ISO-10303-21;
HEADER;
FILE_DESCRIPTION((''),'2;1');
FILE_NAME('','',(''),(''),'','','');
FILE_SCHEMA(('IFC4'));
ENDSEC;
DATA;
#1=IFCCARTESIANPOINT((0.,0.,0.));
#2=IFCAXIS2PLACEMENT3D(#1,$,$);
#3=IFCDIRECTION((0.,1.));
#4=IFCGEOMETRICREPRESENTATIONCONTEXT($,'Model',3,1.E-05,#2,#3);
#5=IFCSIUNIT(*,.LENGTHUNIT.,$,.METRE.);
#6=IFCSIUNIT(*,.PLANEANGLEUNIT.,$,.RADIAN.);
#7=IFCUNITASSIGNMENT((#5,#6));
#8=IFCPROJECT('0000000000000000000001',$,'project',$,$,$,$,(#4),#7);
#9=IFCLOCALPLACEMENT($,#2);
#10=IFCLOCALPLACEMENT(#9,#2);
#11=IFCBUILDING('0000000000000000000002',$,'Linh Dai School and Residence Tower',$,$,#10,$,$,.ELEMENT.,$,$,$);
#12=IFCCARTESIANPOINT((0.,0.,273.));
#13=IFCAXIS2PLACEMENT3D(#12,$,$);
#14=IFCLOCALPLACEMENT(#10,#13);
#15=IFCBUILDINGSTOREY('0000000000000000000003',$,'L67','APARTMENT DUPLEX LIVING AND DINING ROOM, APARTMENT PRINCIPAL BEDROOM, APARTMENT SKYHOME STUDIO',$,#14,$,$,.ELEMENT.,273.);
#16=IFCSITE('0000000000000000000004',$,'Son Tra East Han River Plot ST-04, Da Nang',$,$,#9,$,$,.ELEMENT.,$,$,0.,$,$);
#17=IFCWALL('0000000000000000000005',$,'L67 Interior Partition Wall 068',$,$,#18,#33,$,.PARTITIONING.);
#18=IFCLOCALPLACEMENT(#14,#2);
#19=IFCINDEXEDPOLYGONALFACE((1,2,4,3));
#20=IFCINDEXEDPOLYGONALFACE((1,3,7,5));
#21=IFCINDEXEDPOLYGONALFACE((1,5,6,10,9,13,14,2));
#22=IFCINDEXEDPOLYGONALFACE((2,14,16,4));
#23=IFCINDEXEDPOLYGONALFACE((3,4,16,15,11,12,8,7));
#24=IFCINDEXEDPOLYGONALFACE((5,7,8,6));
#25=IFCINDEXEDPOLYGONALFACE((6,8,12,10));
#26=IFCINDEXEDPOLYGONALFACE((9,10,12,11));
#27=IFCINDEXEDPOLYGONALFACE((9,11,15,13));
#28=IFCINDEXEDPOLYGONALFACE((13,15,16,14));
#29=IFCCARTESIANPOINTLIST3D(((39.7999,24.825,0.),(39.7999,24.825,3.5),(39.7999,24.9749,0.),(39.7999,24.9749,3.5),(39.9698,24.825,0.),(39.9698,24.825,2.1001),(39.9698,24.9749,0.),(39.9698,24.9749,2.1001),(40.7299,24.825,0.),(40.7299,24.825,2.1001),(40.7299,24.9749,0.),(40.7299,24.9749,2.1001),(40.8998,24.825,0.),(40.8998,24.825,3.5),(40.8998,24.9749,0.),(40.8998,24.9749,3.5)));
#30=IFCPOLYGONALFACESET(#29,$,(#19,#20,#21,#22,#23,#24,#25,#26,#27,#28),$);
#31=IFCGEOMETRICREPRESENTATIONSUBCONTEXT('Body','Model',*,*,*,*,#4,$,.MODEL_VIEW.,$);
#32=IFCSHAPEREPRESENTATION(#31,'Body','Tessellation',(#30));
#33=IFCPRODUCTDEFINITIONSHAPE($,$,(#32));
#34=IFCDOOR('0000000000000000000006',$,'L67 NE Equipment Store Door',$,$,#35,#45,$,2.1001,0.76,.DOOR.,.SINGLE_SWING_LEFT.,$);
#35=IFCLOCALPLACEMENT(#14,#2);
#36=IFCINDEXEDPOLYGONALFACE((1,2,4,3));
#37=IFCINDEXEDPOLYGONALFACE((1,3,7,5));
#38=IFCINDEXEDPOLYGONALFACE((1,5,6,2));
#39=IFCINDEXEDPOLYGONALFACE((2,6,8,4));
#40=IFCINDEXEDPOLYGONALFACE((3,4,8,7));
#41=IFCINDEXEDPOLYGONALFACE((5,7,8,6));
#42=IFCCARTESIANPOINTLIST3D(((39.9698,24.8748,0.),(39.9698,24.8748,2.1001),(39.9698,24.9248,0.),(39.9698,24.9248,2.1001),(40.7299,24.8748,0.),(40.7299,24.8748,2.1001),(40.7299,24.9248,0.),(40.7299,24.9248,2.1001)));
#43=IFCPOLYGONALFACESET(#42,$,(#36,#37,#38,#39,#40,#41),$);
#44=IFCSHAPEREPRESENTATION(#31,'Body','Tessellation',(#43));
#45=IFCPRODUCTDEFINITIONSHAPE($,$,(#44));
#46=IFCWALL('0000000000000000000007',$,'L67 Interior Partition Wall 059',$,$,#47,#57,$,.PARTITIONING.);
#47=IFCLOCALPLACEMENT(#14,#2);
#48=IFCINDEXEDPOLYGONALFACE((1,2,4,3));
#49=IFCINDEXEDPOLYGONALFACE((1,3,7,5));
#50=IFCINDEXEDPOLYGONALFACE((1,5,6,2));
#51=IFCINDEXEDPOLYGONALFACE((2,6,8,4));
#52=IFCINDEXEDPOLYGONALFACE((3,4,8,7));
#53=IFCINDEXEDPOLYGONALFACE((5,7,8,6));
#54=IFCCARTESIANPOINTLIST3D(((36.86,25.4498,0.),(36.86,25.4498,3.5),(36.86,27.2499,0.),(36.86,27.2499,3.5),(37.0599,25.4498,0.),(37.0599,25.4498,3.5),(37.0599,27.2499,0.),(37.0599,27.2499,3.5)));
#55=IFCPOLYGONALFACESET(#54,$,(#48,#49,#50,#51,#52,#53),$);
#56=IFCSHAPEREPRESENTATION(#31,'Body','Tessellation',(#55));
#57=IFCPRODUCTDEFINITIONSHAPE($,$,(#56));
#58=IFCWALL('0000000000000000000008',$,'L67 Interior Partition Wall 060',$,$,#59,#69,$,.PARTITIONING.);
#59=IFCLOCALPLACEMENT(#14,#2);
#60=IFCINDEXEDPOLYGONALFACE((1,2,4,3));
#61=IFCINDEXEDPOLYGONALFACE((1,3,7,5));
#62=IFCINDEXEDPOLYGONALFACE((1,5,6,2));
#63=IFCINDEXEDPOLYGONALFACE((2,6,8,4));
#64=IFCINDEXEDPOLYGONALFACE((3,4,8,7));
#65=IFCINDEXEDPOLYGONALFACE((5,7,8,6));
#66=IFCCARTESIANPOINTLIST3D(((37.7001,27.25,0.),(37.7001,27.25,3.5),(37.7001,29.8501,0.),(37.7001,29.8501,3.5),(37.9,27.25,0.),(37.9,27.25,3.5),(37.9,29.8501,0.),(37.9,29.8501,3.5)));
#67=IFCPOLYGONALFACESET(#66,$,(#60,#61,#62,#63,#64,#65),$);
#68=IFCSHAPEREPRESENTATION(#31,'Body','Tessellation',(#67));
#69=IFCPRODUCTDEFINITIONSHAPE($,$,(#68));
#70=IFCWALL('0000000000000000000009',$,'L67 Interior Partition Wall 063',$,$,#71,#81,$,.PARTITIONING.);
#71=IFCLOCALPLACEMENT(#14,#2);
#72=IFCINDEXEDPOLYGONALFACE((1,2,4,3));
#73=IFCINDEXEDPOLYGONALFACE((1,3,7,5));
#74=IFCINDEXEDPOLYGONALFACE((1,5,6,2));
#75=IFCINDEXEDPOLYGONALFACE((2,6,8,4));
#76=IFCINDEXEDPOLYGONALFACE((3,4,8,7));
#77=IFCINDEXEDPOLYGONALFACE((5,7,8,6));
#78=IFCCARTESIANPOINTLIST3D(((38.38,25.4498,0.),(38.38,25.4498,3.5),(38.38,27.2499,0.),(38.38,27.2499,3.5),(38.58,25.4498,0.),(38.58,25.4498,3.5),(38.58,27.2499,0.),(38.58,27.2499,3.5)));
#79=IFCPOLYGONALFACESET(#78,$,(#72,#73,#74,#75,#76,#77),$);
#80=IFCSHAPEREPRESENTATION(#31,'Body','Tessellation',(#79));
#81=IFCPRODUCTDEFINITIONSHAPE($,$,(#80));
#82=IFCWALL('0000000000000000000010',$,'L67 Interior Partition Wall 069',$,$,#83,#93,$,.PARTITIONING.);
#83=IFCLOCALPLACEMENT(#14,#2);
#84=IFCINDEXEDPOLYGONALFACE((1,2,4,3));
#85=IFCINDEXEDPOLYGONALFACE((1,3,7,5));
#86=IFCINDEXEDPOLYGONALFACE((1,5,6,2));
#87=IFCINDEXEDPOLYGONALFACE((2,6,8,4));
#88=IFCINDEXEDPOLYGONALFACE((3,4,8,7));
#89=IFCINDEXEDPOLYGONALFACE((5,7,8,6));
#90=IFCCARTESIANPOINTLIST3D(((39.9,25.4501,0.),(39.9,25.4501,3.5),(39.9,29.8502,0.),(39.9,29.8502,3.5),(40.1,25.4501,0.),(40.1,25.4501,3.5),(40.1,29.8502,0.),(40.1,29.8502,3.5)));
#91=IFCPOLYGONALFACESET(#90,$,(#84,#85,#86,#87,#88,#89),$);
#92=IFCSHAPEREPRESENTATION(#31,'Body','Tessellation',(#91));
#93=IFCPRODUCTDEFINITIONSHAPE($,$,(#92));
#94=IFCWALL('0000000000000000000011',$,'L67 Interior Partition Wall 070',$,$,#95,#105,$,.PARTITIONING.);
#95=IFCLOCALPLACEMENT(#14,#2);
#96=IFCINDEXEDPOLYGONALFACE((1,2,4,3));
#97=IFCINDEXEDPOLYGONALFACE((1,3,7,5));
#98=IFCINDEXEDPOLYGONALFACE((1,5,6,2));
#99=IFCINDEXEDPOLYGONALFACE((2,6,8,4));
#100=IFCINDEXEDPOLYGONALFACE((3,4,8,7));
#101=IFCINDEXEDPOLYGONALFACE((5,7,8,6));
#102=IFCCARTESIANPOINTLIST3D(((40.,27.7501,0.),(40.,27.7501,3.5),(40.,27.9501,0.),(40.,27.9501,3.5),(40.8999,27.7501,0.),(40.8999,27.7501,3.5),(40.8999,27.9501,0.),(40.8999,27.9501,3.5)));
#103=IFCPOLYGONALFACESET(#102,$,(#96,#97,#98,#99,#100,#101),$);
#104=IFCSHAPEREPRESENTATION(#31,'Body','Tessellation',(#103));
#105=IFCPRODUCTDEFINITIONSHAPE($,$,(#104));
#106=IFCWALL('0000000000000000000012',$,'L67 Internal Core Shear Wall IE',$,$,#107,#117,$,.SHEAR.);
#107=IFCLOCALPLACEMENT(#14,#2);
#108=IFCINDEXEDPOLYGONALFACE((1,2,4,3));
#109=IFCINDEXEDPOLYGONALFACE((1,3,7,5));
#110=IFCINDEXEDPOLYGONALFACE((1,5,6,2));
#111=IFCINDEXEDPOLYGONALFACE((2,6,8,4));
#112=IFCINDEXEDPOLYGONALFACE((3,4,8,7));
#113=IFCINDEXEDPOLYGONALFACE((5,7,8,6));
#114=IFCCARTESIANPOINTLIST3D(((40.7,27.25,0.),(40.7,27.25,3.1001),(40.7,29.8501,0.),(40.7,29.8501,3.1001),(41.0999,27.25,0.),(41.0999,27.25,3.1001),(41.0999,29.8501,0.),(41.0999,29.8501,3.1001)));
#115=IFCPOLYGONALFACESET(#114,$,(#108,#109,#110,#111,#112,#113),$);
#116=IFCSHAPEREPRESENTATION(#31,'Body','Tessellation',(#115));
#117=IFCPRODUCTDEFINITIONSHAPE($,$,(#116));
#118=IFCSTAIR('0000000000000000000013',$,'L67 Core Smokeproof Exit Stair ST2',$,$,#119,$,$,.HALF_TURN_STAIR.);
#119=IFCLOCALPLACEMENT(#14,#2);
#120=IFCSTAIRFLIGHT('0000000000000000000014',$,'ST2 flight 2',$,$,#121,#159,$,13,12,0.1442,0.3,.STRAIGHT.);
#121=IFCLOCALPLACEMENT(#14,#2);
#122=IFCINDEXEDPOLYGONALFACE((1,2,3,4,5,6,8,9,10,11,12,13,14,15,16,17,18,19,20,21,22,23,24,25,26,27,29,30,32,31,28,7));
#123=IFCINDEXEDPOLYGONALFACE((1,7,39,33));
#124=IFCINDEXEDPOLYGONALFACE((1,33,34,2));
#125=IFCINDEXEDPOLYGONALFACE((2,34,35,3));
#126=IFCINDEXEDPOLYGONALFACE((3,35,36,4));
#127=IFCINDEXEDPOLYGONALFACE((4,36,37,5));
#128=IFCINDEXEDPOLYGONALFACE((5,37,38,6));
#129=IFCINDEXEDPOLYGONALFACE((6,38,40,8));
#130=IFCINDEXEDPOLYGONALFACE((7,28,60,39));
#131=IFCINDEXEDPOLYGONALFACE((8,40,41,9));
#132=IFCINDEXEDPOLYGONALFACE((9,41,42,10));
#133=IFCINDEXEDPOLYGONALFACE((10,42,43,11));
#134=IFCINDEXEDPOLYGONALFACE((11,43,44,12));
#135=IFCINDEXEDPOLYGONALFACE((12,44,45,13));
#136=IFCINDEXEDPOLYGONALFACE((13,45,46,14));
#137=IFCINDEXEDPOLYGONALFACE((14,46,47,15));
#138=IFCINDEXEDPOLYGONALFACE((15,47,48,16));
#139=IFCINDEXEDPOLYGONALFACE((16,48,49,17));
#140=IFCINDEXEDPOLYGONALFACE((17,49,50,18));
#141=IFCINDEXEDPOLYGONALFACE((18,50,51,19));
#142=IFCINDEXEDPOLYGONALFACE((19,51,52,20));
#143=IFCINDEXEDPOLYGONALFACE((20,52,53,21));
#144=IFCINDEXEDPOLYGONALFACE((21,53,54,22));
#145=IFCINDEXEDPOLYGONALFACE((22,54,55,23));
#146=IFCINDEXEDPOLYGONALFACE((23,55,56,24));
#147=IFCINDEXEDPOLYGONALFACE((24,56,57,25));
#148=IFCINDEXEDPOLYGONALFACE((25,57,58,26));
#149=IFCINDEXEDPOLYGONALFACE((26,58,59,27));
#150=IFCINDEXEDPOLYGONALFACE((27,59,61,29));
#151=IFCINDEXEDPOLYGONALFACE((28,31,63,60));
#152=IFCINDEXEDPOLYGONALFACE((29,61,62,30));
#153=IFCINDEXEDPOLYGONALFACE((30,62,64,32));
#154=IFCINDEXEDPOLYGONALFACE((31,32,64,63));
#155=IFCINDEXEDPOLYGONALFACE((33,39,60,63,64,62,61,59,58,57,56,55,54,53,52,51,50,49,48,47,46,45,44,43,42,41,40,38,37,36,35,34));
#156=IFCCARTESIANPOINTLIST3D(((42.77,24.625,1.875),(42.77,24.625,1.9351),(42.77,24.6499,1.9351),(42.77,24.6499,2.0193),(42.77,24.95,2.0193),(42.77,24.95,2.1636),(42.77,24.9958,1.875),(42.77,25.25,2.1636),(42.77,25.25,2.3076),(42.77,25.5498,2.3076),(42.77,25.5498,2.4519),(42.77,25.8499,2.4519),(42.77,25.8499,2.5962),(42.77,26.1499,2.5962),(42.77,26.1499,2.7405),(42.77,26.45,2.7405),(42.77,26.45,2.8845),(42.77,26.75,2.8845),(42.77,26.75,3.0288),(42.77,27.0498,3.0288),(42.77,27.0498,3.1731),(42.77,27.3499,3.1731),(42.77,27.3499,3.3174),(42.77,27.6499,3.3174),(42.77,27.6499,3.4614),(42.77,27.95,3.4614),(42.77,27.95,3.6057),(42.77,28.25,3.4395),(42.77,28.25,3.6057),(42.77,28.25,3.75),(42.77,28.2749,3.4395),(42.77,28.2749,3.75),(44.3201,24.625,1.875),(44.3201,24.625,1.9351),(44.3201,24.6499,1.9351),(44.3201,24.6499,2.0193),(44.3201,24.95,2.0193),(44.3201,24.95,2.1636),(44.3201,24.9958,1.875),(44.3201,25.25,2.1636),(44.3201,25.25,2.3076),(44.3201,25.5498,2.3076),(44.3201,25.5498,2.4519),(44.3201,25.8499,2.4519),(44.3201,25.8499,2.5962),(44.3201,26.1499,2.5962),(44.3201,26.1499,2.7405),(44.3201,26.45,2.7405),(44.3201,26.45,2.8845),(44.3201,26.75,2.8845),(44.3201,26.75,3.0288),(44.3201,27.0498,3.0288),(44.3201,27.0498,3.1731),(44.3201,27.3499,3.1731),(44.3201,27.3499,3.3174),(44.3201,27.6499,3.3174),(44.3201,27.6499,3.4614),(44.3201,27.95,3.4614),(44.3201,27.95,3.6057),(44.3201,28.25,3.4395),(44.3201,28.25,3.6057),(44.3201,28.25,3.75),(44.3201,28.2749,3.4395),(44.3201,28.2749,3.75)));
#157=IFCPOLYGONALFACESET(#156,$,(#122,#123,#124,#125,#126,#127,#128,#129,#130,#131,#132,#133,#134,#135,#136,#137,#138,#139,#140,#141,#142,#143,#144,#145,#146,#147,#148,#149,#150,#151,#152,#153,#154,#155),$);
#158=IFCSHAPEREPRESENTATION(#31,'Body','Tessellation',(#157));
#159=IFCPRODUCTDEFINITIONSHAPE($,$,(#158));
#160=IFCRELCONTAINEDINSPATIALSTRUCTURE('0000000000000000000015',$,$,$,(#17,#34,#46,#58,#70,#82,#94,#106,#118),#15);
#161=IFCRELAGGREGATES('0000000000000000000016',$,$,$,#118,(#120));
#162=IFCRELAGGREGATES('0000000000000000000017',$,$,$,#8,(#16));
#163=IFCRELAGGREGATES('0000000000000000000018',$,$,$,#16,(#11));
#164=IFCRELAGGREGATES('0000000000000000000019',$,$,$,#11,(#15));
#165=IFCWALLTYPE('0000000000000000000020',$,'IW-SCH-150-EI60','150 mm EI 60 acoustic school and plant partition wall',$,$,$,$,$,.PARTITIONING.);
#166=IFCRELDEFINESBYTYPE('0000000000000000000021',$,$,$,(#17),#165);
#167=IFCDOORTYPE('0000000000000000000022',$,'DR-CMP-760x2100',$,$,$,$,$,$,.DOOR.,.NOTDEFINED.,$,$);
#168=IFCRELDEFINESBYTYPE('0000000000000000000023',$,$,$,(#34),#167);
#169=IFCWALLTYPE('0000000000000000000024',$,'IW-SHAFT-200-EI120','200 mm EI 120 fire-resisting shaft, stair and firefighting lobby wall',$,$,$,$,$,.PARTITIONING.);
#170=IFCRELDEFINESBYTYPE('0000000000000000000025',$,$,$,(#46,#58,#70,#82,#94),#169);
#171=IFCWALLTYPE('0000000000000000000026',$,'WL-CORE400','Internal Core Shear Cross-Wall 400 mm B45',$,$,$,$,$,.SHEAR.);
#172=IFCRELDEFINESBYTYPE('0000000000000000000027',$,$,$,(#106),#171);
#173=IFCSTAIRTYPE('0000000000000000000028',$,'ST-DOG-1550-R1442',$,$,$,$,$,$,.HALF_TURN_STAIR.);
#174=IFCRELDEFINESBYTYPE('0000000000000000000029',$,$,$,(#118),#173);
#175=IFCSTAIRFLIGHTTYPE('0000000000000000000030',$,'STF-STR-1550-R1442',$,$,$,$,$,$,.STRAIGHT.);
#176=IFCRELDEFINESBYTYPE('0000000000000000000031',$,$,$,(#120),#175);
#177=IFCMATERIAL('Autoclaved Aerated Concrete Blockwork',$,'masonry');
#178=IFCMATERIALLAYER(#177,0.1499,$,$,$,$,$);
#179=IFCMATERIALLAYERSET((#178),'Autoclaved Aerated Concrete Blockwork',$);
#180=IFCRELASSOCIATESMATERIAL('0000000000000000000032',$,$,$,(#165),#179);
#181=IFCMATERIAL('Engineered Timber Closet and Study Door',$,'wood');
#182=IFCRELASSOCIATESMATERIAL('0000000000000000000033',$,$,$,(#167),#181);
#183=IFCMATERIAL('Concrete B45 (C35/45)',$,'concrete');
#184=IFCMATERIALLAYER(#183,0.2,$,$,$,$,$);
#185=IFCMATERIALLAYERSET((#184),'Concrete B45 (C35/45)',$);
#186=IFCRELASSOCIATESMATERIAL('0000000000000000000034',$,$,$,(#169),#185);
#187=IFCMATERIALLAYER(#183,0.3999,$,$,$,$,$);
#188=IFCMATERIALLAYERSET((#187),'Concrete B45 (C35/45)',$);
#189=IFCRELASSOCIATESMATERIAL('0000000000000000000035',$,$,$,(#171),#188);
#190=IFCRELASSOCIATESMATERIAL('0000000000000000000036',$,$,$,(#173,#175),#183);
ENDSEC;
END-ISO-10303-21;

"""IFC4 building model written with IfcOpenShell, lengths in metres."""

from ifc_helpers import new_model, si_unit, direction, frame, frame_2d, origin, origin_2d, place, context, subcontext, project, spatial, polyline, rectangle, outline, extrude, source, transform, mapped, material, layer, layer_set, type_object, element, fill, aggregate, save


model = new_model("IFC4")

# Units and contexts
model_context = context("Model", 3, precision=1e-05, world=origin(), true_north=direction((0.0, 1.0)))
body_context = subcontext(model_context, "Body", "Model", "MODEL_VIEW")
ifc_project = project(units=[si_unit("LENGTHUNIT", "METRE"), si_unit("PLANEANGLEUNIT", "RADIAN")], contexts=[model_context])

# Site, building, storey
site_placement = place(None, origin())
site = spatial("IfcSite", under=ifc_project, at=site_placement, Name="Son Tra East Han River Plot ST-04, Da Nang", CompositionType="ELEMENT", RefElevation=0.0)
building_placement = place(site_placement, origin())
building = spatial("IfcBuilding", under=site, at=building_placement, Name="Linh Dai School and Residence Tower", CompositionType="ELEMENT")
storey_placement = place(building_placement, frame((0.0, 0.0, 273.0)))
storey = spatial("IfcBuildingStorey", under=building, at=storey_placement, Name="L67", Description="APARTMENT DUPLEX LIVING AND DINING ROOM, APARTMENT PRINCIPAL BEDROOM, APARTMENT SKYHOME STUDIO", CompositionType="ELEMENT", Elevation=273.0)

# Shared definitions
ifc_material_1 = material(Name="Autoclaved Aerated Concrete Blockwork", Category="masonry")

# Wall, opening, door
ifc_layer_1 = layer(ifc_material_1, 0.1499)
ifc_layer_set_1 = layer_set([ifc_layer_1], Name="Autoclaved Aerated Concrete Blockwork")
wall_type_1 = type_object("IfcWallType", Name="IW-SCH-150-EI60", Description="150 mm EI 60 acoustic school and plant partition wall", PredefinedType="PARTITIONING", material=ifc_layer_set_1)
wall_1_placement = place(storey_placement, frame((39.8, 24.8999, 0.0), z_axis=(0.0, 0.0, 1.0), x_axis=(1.0, 0.0, 0.0)))
wall_1 = element("IfcWall", 1, at=wall_1_placement, inside=storey, type_object=wall_type_1, Name="L67 Interior Partition Wall 068", PredefinedType="PARTITIONING", context=body_context, shape_type="SweptSolid", body=[
    extrude(rectangle(XDim=1.0999, YDim=0.1499, at=frame_2d((0.5498, 0.0))), origin(), (0.0, 0.0, 1.0), 3.5),
])
opening_1_placement = place(wall_1_placement, frame((0.1699, 0.0, 0.0)))
opening_1 = element("IfcOpeningElement", 2, at=opening_1_placement, cuts=wall_1, PredefinedType="OPENING", context=body_context, shape_type="SweptSolid", body=[
    extrude(rectangle(XDim=0.76, YDim=2.1001, at=origin_2d()), frame((0.3799, 0.085, 1.05), z_axis=(0.0, -1.0, 0.0), x_axis=(1.0, 0.0, 0.0)), (0.0, 0.0, 1.0), 0.1699),
])
ifc_material_2 = material(Name="Engineered Timber Closet and Study Door", Category="wood")
door_type_1 = type_object("IfcDoorType", Name="DR-CMP-760x2100", OperationType="NOTDEFINED", PredefinedType="DOOR", material=ifc_material_2)
shared_shape_1 = source(origin(), body_context, "Body", "SweptSolid", [
    extrude(rectangle(XDim=0.76, YDim=2.1001, at=origin_2d()), frame((0.3799, 0.0249, 1.05), z_axis=(0.0, -1.0, 0.0), x_axis=(1.0, 0.0, 0.0)), (0.0, 0.0, 1.0), 0.05),
])
door_1_placement = place(opening_1_placement, origin())
door_1 = element("IfcDoor", 3, at=door_1_placement, inside=storey, type_object=door_type_1, Name="L67 NE Equipment Store Door", OperationType="SINGLE_SWING_LEFT", OverallHeight=2.1001, OverallWidth=0.76, PredefinedType="DOOR", context=body_context, shape_type="MappedRepresentation", body=[
    mapped(shared_shape_1, transform((0.0, 0.0, 0.0), x_axis=(1.0, 0.0, 0.0), y_axis=(0.0, 1.0, 0.0), z_axis=(0.0, 0.0, 1.0), scale=1.0)),
])
fill(opening_1, door_1)

# Walls
ifc_material_3 = material(Name="Concrete B45 (C35/45)", Category="concrete")
ifc_layer_2 = layer(ifc_material_3, 0.2)
ifc_layer_set_2 = layer_set([ifc_layer_2], Name="Concrete B45 (C35/45)")
wall_type_2 = type_object("IfcWallType", Name="IW-SHAFT-200-EI120", Description="200 mm EI 120 fire-resisting shaft, stair and firefighting lobby wall", PredefinedType="PARTITIONING", material=ifc_layer_set_2)
wall_2_placement = place(storey_placement, frame((36.96, 25.45, 0.0), z_axis=(0.0, 0.0, 1.0), x_axis=(0.0, 1.0, 0.0)))
element("IfcWall", 4, at=wall_2_placement, inside=storey, type_object=wall_type_2, Name="L67 Interior Partition Wall 059", PredefinedType="PARTITIONING", context=body_context, shape_type="SweptSolid", body=[
    extrude(rectangle(XDim=1.8, YDim=0.2, at=frame_2d((0.8999, 0.0))), origin(), (0.0, 0.0, 1.0), 3.5),
])
wall_3_placement = place(storey_placement, frame((37.8, 27.25, 0.0), z_axis=(0.0, 0.0, 1.0), x_axis=(0.0, 1.0, 0.0)))
element("IfcWall", 5, at=wall_3_placement, inside=storey, type_object=wall_type_2, Name="L67 Interior Partition Wall 060", PredefinedType="PARTITIONING", context=body_context, shape_type="SweptSolid", body=[
    extrude(rectangle(XDim=2.6001, YDim=0.2, at=frame_2d((1.3, 0.0))), origin(), (0.0, 0.0, 1.0), 3.5),
])
wall_4_placement = place(storey_placement, frame((38.48, 25.45, 0.0), z_axis=(0.0, 0.0, 1.0), x_axis=(0.0, 1.0, 0.0)))
element("IfcWall", 6, at=wall_4_placement, inside=storey, type_object=wall_type_2, Name="L67 Interior Partition Wall 063", PredefinedType="PARTITIONING", context=body_context, shape_type="SweptSolid", body=[
    extrude(rectangle(XDim=1.8, YDim=0.2, at=frame_2d((0.8999, 0.0))), origin(), (0.0, 0.0, 1.0), 3.5),
])
wall_5_placement = place(storey_placement, frame((40.0, 25.45, 0.0), z_axis=(0.0, 0.0, 1.0), x_axis=(0.0, 1.0, 0.0)))
element("IfcWall", 7, at=wall_5_placement, inside=storey, type_object=wall_type_2, Name="L67 Interior Partition Wall 069", PredefinedType="PARTITIONING", context=body_context, shape_type="SweptSolid", body=[
    extrude(rectangle(XDim=4.4001, YDim=0.2, at=frame_2d((2.2002, 0.0))), origin(), (0.0, 0.0, 1.0), 3.5),
])
wall_6_placement = place(storey_placement, frame((40.0, 27.8501, 0.0), z_axis=(0.0, 0.0, 1.0), x_axis=(1.0, 0.0, 0.0)))
element("IfcWall", 8, at=wall_6_placement, inside=storey, type_object=wall_type_2, Name="L67 Interior Partition Wall 070", PredefinedType="PARTITIONING", context=body_context, shape_type="SweptSolid", body=[
    extrude(rectangle(XDim=0.8999, YDim=0.2, at=frame_2d((0.45, 0.0))), origin(), (0.0, 0.0, 1.0), 3.5),
])
ifc_layer_3 = layer(ifc_material_3, 0.3999)
ifc_layer_set_3 = layer_set([ifc_layer_3], Name="Concrete B45 (C35/45)")
wall_type_3 = type_object("IfcWallType", Name="WL-CORE400", Description="Internal Core Shear Cross-Wall 400 mm B45", PredefinedType="SHEAR", material=ifc_layer_set_3)
wall_7_placement = place(storey_placement, frame((40.8999, 27.25, 0.0), z_axis=(0.0, 0.0, 1.0), x_axis=(0.0, 1.0, 0.0)))
element("IfcWall", 9, at=wall_7_placement, inside=storey, type_object=wall_type_3, Name="L67 Internal Core Shear Wall IE", PredefinedType="SHEAR", context=body_context, shape_type="SweptSolid", body=[
    extrude(rectangle(XDim=2.6001, YDim=0.3999, at=frame_2d((1.3, 0.0))), origin(), (0.0, 0.0, 1.0), 3.1001),
])

# Stair, stair flight
stair_type = type_object("IfcStairType", Name="ST-DOG-1550-R1442", PredefinedType="HALF_TURN_STAIR", material=ifc_material_3)
stair_placement = place(storey_placement, origin())
stair = element("IfcStair", 10, at=stair_placement, inside=storey, type_object=stair_type, Name="L67 Core Smokeproof Exit Stair ST2", PredefinedType="HALF_TURN_STAIR")
stair_flight_type = type_object("IfcStairFlightType", Name="STF-STR-1550-R1442", PredefinedType="STRAIGHT", material=ifc_material_3)
shared_shape_2 = source(origin(), body_context, "Body", "SweptSolid", [
    extrude(outline(polyline([(-0.0249, 0.0), (-0.0249, 0.0601), (0.0, 0.0601), (0.0, 0.1443), (0.3, 0.1443), (0.3, 0.2886), (0.6001, 0.2886), (0.6001, 0.4326), (0.8999, 0.4326), (0.8999, 0.5769), (1.2, 0.5769), (1.2, 0.7212), (1.5, 0.7212), (1.5, 0.8655), (1.8, 0.8655), (1.8, 1.0095), (2.1001, 1.0095), (2.1001, 1.1538), (2.3999, 1.1538), (2.3999, 1.2981), (2.7, 1.2981), (2.7, 1.4424), (3.0, 1.4424), (3.0, 1.5864), (3.3, 1.5864), (3.3, 1.7307), (3.6001, 1.7307), (3.6001, 1.875), (3.625, 1.875), (3.625, 1.5645), (3.6001, 1.5645), (0.3459, 0.0), (-0.0249, 0.0)])), frame((0.0, 0.7749, 0.0), z_axis=(0.0, -1.0, 0.0), x_axis=(1.0, 0.0, 0.0)), (0.0, 0.0, 1.0), 1.55),
])
stair_flight_placement = place(storey_placement, frame((43.5449, 24.6499, 1.875), z_axis=(0.0, 0.0, 1.0), x_axis=(0.0, 1.0, 0.0)))
stair_flight = element("IfcStairFlight", 11, at=stair_flight_placement, type_object=stair_flight_type, Name="ST2 flight 2", NumberOfRisers=13, NumberOfTreads=12, PredefinedType="STRAIGHT", RiserHeight=0.1442, TreadLength=0.3, context=body_context, shape_type="MappedRepresentation", body=[
    mapped(shared_shape_2, transform((0.0, 0.0, 0.0), x_axis=(1.0, 0.0, 0.0), y_axis=(0.0, 1.0, 0.0), z_axis=(0.0, 0.0, 1.0), scale=1.0)),
])
aggregate(stair, [stair_flight])

save(model, "model.ifc")
